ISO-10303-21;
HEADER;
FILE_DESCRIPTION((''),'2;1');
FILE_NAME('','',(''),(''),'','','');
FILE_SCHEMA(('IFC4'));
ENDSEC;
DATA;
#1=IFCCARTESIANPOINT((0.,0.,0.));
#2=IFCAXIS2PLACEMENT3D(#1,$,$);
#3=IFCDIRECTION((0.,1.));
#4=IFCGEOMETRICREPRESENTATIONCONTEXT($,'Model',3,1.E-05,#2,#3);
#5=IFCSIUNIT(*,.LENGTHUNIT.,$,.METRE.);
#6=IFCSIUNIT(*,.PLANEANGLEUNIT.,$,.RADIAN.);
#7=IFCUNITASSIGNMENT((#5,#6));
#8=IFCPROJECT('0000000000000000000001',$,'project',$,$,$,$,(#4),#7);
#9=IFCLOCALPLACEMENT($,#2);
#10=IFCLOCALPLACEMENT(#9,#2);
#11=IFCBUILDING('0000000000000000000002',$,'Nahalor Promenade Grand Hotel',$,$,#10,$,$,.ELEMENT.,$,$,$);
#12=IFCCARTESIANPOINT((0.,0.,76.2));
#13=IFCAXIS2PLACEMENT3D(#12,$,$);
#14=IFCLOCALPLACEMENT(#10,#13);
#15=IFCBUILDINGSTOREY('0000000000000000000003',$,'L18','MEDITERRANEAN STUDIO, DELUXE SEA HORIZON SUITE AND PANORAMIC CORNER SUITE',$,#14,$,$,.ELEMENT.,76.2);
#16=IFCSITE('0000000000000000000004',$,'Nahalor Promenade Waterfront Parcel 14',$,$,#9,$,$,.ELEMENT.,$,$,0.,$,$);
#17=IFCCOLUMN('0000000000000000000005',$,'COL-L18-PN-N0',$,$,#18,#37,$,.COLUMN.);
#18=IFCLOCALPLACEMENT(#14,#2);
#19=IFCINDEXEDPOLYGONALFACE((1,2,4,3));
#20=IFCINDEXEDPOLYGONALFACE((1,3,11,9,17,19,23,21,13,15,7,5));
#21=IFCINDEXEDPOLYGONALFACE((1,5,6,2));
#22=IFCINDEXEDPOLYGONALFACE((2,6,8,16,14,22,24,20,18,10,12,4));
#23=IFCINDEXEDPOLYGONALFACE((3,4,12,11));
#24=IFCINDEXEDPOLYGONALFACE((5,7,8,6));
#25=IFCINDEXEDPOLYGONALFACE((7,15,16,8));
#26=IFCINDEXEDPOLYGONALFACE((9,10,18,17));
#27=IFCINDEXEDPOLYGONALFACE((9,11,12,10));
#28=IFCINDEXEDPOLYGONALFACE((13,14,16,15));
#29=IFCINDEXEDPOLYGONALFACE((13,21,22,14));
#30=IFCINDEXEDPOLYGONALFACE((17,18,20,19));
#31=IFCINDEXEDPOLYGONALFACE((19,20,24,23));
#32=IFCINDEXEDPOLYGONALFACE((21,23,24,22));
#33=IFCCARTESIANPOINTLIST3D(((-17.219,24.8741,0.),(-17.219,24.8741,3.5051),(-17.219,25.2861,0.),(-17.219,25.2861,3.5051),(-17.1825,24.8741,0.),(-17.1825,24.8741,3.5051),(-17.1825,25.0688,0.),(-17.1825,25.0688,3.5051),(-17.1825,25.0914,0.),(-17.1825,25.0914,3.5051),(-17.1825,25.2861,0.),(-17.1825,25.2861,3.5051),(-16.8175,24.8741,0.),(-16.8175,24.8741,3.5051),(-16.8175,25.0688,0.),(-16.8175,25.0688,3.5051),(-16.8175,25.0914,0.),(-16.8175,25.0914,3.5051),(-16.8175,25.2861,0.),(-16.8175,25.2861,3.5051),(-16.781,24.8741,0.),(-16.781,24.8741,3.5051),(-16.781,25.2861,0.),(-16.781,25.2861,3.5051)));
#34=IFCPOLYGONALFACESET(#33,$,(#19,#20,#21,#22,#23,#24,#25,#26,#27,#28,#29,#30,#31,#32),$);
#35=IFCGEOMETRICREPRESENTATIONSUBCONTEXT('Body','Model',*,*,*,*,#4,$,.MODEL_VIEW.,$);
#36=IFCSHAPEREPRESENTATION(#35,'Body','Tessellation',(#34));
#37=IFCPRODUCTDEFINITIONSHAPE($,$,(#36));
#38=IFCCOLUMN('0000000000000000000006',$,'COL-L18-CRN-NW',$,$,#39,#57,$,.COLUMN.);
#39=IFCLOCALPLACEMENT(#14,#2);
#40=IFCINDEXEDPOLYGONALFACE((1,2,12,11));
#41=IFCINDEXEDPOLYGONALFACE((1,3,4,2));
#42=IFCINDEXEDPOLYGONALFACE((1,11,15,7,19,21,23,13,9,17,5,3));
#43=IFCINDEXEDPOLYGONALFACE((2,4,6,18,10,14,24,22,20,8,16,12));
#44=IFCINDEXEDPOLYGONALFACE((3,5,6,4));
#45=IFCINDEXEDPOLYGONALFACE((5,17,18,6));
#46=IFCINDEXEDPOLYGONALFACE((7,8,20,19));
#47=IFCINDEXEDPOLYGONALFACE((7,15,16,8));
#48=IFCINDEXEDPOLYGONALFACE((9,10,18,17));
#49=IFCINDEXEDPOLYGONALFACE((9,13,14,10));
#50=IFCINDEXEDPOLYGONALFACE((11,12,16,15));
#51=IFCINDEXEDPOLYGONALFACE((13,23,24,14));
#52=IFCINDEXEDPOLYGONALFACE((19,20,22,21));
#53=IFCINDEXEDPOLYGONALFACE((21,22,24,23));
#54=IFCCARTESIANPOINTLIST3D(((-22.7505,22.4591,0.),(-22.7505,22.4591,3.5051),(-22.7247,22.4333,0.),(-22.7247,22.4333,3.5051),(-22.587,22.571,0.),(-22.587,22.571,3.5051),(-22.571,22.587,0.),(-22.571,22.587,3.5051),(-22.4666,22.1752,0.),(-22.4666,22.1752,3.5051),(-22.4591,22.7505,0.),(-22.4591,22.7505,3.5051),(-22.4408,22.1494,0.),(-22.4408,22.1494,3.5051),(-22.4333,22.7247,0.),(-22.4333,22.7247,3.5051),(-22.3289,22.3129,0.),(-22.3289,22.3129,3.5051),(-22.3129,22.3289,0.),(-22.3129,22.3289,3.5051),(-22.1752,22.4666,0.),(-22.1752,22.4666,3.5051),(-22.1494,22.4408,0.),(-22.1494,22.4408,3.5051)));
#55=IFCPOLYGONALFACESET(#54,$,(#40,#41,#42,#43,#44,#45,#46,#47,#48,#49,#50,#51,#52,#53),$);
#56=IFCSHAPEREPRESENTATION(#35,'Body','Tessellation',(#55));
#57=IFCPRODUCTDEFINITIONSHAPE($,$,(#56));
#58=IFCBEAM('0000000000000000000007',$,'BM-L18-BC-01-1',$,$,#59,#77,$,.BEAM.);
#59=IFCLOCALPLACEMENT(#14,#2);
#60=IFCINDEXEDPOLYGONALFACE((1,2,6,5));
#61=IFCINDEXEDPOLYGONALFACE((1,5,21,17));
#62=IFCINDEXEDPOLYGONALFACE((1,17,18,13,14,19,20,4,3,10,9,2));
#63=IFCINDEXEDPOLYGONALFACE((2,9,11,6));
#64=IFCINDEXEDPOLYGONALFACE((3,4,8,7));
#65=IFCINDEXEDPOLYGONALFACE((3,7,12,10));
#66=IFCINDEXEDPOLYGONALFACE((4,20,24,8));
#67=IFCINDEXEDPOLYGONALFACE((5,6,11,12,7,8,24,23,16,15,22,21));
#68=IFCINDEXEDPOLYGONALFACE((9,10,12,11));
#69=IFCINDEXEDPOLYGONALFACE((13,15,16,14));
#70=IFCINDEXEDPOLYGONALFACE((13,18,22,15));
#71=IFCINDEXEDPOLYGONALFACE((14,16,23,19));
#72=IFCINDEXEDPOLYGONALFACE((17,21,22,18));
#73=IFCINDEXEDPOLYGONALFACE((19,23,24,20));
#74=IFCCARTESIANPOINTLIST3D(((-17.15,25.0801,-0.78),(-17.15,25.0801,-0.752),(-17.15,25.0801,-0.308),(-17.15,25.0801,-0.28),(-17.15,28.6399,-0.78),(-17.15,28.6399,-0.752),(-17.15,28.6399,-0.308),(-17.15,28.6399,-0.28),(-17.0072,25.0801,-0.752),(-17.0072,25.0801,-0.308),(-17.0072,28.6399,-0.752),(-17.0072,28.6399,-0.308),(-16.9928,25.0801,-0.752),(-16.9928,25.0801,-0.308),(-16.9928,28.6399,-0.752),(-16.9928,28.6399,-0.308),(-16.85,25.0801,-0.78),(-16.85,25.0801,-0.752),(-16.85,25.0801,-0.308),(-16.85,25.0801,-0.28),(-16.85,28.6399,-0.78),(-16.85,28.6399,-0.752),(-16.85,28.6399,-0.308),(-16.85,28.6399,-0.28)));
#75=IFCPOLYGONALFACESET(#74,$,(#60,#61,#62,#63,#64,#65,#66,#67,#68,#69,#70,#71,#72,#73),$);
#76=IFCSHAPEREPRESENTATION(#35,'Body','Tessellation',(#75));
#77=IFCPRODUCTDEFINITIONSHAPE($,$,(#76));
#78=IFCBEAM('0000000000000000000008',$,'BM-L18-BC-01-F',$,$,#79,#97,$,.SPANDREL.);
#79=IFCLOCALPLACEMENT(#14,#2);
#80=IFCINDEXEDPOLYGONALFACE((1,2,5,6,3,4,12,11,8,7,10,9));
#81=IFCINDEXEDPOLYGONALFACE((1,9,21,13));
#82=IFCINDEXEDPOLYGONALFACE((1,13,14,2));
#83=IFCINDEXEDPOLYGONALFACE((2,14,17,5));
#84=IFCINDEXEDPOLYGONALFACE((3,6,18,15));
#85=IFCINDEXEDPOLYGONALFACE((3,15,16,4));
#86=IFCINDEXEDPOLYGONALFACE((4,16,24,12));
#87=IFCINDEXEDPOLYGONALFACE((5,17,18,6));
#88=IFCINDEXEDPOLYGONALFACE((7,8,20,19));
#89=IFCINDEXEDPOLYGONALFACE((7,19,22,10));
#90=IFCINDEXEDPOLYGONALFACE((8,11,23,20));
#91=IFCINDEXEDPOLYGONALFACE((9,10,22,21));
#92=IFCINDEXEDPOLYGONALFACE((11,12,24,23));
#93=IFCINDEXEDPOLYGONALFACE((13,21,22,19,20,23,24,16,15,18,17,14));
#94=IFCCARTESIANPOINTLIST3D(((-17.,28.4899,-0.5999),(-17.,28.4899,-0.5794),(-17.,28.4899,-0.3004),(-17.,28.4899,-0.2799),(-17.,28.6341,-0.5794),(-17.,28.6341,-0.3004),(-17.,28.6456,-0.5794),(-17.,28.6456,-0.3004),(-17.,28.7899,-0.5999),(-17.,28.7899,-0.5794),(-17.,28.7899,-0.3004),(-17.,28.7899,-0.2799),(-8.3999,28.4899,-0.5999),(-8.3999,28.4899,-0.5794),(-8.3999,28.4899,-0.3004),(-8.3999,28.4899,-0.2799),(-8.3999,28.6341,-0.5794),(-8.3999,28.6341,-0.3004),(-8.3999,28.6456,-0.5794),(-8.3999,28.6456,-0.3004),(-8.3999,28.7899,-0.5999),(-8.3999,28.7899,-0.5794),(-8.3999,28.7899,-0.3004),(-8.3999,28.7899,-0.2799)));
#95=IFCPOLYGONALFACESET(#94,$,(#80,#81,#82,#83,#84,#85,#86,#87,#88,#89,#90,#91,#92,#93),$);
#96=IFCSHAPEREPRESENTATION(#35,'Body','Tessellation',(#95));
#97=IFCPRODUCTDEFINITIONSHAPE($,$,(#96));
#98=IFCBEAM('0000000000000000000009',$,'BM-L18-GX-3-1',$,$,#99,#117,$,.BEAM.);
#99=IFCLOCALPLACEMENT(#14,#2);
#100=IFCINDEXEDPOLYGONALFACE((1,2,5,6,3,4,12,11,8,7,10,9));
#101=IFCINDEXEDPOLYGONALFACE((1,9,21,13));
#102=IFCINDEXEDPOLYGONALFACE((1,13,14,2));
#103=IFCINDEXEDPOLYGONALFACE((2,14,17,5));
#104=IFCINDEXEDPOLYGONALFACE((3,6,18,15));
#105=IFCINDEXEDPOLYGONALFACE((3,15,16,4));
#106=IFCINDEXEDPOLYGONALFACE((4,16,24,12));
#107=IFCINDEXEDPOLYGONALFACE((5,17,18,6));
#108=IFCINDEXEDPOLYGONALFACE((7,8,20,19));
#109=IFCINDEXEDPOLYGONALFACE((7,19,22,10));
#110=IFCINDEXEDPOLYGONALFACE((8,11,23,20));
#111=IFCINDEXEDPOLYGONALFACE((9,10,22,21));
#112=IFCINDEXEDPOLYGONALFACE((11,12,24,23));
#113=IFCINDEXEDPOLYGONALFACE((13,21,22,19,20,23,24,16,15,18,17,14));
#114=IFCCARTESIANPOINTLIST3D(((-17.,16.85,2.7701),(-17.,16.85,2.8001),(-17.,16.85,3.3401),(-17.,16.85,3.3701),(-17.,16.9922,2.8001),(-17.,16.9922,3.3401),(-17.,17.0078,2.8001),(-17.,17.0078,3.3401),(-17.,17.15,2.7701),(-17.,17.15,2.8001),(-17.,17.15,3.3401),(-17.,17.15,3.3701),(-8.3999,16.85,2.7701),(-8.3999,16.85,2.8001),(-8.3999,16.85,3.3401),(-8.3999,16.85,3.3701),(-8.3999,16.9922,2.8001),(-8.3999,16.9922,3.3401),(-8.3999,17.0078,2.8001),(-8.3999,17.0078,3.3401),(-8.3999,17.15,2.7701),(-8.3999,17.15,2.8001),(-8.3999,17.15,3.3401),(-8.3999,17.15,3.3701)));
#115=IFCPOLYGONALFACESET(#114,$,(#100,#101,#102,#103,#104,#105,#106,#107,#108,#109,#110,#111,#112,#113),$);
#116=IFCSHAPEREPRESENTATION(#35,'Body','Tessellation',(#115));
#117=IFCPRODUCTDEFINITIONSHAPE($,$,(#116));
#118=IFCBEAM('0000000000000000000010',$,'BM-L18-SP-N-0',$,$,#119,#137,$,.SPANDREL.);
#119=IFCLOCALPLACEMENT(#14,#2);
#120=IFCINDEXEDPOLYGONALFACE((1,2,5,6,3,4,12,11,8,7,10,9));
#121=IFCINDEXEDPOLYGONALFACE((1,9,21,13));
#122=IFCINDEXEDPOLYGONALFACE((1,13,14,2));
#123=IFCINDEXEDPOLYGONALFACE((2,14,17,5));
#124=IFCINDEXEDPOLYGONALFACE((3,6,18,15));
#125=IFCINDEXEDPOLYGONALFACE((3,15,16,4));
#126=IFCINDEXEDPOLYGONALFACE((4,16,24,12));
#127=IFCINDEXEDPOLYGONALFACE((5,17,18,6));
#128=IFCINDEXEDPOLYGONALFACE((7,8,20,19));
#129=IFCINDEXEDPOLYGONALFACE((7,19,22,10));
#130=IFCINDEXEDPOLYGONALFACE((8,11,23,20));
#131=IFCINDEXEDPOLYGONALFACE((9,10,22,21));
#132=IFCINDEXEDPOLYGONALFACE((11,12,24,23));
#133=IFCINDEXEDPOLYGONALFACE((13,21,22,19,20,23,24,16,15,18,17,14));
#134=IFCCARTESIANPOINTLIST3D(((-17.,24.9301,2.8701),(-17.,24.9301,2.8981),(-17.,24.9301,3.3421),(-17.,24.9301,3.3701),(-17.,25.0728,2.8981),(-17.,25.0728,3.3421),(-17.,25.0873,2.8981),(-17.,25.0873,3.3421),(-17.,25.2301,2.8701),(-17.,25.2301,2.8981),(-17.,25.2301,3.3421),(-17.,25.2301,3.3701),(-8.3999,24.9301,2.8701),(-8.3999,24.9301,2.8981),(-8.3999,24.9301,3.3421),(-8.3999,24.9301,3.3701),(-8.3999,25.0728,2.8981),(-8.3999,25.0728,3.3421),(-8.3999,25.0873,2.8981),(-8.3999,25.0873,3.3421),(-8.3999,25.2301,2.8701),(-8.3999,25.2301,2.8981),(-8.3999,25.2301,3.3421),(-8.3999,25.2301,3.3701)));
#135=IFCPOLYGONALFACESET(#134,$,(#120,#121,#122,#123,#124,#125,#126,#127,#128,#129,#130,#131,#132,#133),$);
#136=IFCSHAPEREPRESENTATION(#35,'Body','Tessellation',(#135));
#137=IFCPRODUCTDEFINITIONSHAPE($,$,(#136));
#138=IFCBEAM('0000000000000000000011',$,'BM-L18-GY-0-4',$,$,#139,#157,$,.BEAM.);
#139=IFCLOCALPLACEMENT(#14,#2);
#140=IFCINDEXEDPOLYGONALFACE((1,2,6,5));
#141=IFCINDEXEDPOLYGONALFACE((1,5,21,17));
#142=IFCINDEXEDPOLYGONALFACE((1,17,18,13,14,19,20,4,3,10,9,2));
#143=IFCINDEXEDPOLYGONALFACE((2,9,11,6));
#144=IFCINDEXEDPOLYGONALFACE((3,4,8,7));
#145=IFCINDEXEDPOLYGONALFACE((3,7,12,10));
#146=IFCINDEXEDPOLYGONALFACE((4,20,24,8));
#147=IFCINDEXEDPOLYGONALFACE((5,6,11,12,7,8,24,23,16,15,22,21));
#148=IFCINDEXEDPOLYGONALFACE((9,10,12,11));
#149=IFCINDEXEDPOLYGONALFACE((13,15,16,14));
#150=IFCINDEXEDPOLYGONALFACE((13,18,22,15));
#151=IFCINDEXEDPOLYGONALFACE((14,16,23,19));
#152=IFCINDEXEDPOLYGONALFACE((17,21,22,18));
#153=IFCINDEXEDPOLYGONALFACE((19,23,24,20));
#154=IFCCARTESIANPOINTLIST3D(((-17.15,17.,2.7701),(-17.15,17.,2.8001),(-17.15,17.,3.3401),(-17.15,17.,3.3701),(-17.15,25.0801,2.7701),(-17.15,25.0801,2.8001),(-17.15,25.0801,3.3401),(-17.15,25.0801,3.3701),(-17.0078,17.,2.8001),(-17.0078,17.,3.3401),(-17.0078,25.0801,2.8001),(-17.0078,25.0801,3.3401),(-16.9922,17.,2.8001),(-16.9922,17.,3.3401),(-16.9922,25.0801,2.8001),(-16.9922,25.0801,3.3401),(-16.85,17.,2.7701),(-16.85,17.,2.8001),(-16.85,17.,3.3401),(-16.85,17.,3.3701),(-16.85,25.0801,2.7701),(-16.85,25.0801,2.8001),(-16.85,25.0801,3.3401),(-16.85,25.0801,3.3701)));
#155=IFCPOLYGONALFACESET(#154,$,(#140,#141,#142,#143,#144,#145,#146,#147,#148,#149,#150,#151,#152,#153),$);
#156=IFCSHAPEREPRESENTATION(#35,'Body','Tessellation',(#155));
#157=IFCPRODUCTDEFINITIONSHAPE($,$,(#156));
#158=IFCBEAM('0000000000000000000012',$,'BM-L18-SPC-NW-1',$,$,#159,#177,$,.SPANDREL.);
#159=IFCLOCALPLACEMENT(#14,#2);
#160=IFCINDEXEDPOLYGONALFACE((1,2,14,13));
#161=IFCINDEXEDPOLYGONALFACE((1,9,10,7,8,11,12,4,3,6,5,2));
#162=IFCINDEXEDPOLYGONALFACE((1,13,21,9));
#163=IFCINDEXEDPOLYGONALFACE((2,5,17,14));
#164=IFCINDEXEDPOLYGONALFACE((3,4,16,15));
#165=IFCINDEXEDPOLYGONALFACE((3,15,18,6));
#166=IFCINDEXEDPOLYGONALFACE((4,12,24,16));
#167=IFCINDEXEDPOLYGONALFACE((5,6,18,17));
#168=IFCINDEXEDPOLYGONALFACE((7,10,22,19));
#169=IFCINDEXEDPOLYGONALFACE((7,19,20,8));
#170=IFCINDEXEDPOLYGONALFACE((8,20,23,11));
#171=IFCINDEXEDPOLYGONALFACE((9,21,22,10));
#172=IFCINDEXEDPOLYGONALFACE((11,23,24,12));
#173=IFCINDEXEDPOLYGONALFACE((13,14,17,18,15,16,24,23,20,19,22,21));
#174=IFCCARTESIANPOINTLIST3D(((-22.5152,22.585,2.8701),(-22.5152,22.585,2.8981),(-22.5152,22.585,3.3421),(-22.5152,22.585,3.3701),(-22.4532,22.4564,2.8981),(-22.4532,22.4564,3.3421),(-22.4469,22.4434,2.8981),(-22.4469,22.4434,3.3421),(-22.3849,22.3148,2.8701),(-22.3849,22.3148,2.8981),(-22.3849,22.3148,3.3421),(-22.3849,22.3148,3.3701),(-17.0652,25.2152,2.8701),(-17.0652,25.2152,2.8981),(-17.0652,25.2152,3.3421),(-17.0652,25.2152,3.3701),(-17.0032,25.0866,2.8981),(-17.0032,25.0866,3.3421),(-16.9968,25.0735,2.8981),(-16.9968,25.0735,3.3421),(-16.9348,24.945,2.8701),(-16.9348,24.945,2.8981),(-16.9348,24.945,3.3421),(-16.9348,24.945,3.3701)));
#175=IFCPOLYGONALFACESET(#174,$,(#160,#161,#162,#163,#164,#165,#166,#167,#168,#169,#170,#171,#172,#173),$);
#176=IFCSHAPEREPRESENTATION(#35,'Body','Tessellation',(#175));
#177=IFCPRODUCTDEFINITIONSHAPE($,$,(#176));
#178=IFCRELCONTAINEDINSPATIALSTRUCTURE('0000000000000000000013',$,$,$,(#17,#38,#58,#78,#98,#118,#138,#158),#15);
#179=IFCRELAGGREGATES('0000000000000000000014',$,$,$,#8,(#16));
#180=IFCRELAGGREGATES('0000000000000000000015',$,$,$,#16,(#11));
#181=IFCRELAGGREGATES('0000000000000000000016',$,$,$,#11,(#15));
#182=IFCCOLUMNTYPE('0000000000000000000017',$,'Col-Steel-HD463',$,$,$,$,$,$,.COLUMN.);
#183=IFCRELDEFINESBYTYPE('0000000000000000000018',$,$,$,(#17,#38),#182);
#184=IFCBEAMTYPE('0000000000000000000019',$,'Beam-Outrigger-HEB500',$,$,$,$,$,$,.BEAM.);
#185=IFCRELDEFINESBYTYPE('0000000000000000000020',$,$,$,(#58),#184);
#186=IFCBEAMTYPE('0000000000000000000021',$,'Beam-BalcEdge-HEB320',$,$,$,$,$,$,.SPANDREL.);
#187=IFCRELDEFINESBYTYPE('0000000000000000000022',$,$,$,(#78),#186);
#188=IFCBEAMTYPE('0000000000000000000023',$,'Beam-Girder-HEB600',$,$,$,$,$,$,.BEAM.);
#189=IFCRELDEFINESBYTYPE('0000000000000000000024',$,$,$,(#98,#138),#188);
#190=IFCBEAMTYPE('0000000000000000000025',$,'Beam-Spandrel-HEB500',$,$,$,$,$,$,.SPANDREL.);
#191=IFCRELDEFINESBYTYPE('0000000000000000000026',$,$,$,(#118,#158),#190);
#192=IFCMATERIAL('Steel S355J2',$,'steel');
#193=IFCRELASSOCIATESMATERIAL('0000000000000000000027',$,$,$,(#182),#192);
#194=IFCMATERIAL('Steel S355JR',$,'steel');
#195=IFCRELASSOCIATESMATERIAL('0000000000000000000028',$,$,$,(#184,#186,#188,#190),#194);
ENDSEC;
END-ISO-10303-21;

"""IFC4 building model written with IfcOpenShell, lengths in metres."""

from ifc_helpers import new_model, si_unit, direction, frame, origin, origin_2d, place, context, subcontext, project, spatial, i_section, extrude, source, transform, mapped, material, material_profile, profile_set, type_object, element, save


model = new_model("IFC4")

# Units and contexts
model_context = context("Model", 3, precision=1e-05, world=origin(), true_north=direction((0.0, 1.0)))
body_context = subcontext(model_context, "Body", "Model", "MODEL_VIEW")
ifc_project = project(units=[si_unit("LENGTHUNIT", "METRE"), si_unit("PLANEANGLEUNIT", "RADIAN")], contexts=[model_context])

# Site, building, storey
site_placement = place(None, origin())
site = spatial("IfcSite", under=ifc_project, at=site_placement, Name="Nahalor Promenade Waterfront Parcel 14", CompositionType="ELEMENT", RefElevation=0.0)
building_placement = place(site_placement, origin())
building = spatial("IfcBuilding", under=site, at=building_placement, Name="Nahalor Promenade Grand Hotel", CompositionType="ELEMENT")
storey_placement = place(building_placement, frame((0.0, 0.0, 76.2)))
storey = spatial("IfcBuildingStorey", under=building, at=storey_placement, Name="L18", Description="MEDITERRANEAN STUDIO, DELUXE SEA HORIZON SUITE AND PANORAMIC CORNER SUITE", CompositionType="ELEMENT", Elevation=76.2)

# Columns
ifc_material_1 = material(Name="Steel S355J2", Category="steel")
ifc_material_profile_1 = material_profile(ifc_material_1, i_section(OverallWidth=0.412, OverallDepth=0.438, WebThickness=0.0226, FlangeThickness=0.0365, at=origin_2d()), Name="HD 400x463")
ifc_profile_set_1 = profile_set([ifc_material_profile_1], Name="Steel S355J2")
column_type = type_object("IfcColumnType", Name="Col-Steel-HD463", PredefinedType="COLUMN", material=ifc_profile_set_1)
shared_shape_1 = source(origin(), body_context, "Body", "SweptSolid", [
    extrude(i_section(OverallWidth=0.412, OverallDepth=0.438, WebThickness=0.0226, FlangeThickness=0.0365, at=origin_2d()), origin(), (0.0, 0.0, 1.0), 3.5051),
])
for number, where, z_axis, x_axis, name in (
    (1, (-17.0, 25.0801, 0.0), (0.0, 0.0, 1.0), (0.0, 1.0, 0.0), "COL-L18-PN-N0"),
    (2, (-22.45, 22.45, 0.0), (0.0, 0.0, 1.0), (0.707107, 0.707107, 0.0), "COL-L18-CRN-NW"),
):
    element("IfcColumn", number, at=place(storey_placement, frame(where, z_axis=z_axis, x_axis=x_axis)), inside=storey, type_object=column_type, Name=name, PredefinedType="COLUMN", context=body_context, shape_type="MappedRepresentation", body=[
        mapped(shared_shape_1, transform((0.0, 0.0, 0.0), scale=1.0)),
    ])

# Beams
ifc_material_2 = material(Name="Steel S355JR", Category="steel")
ifc_material_profile_2 = material_profile(ifc_material_2, i_section(OverallWidth=0.3, OverallDepth=0.5, WebThickness=0.0145, FlangeThickness=0.028, at=origin_2d()), Name="HEB 500")
ifc_profile_set_2 = profile_set([ifc_material_profile_2], Name="Steel S355JR")
beam_type_1 = type_object("IfcBeamType", Name="Beam-Outrigger-HEB500", PredefinedType="BEAM", material=ifc_profile_set_2)
shared_shape_2 = source(origin(), body_context, "Body", "SweptSolid", [
    extrude(i_section(OverallWidth=0.3, OverallDepth=0.5, WebThickness=0.0145, FlangeThickness=0.028, at=origin_2d()), origin(), (0.0, 0.0, 1.0), 3.5598),
])
beam_1_placement = place(storey_placement, frame((-17.0, 25.0801, -0.53), z_axis=(0.0, 1.0, 0.0), x_axis=(-1.0, 0.0, 0.0)))
element("IfcBeam", 3, at=beam_1_placement, inside=storey, type_object=beam_type_1, Name="BM-L18-BC-01-1", PredefinedType="BEAM", context=body_context, shape_type="MappedRepresentation", body=[
    mapped(shared_shape_2, transform((0.0, 0.0, 0.0), scale=1.0)),
])
ifc_material_profile_3 = material_profile(ifc_material_2, i_section(OverallWidth=0.3, OverallDepth=0.32, WebThickness=0.0115, FlangeThickness=0.0205, at=origin_2d()), Name="HEB 320")
ifc_profile_set_3 = profile_set([ifc_material_profile_3], Name="Steel S355JR")
beam_type_2 = type_object("IfcBeamType", Name="Beam-BalcEdge-HEB320", PredefinedType="SPANDREL", material=ifc_profile_set_3)
shared_shape_3 = source(origin(), body_context, "Body", "SweptSolid", [
    extrude(i_section(OverallWidth=0.3, OverallDepth=0.32, WebThickness=0.0115, FlangeThickness=0.0205, at=origin_2d()), origin(), (0.0, 0.0, 1.0), 8.6001),
])
beam_2_placement = place(storey_placement, frame((-17.0, 28.6399, -0.4399), z_axis=(1.0, 0.0, 0.0), x_axis=(0.0, 1.0, 0.0)))
element("IfcBeam", 4, at=beam_2_placement, inside=storey, type_object=beam_type_2, Name="BM-L18-BC-01-F", PredefinedType="SPANDREL", context=body_context, shape_type="MappedRepresentation", body=[
    mapped(shared_shape_3, transform((0.0, 0.0, 0.0), scale=1.0)),
])
ifc_material_profile_4 = material_profile(ifc_material_2, i_section(OverallWidth=0.3, OverallDepth=0.6, WebThickness=0.0155, FlangeThickness=0.03, at=origin_2d()), Name="HEB 600")
ifc_profile_set_4 = profile_set([ifc_material_profile_4], Name="Steel S355JR")
beam_type_3 = type_object("IfcBeamType", Name="Beam-Girder-HEB600", PredefinedType="BEAM", material=ifc_profile_set_4)
shared_shape_4 = source(origin(), body_context, "Body", "SweptSolid", [
    extrude(i_section(OverallWidth=0.3, OverallDepth=0.6, WebThickness=0.0155, FlangeThickness=0.03, at=origin_2d()), origin(), (0.0, 0.0, 1.0), 8.6001),
])
beam_3_placement = place(storey_placement, frame((-17.0, 17.0, 3.0701), z_axis=(1.0, 0.0, 0.0), x_axis=(0.0, 1.0, 0.0)))
element("IfcBeam", 5, at=beam_3_placement, inside=storey, type_object=beam_type_3, Name="BM-L18-GX-3-1", PredefinedType="BEAM", context=body_context, shape_type="MappedRepresentation", body=[
    mapped(shared_shape_4, transform((0.0, 0.0, 0.0), scale=1.0)),
])
ifc_material_profile_5 = material_profile(ifc_material_2, i_section(OverallWidth=0.3, OverallDepth=0.5, WebThickness=0.0145, FlangeThickness=0.028, at=origin_2d()), Name="HEB 500")
ifc_profile_set_5 = profile_set([ifc_material_profile_5], Name="Steel S355JR")
beam_type_4 = type_object("IfcBeamType", Name="Beam-Spandrel-HEB500", PredefinedType="SPANDREL", material=ifc_profile_set_5)
shared_shape_5 = source(origin(), body_context, "Body", "SweptSolid", [
    extrude(i_section(OverallWidth=0.3, OverallDepth=0.5, WebThickness=0.0145, FlangeThickness=0.028, at=origin_2d()), origin(), (0.0, 0.0, 1.0), 8.6001),
])
beam_4_placement = place(storey_placement, frame((-17.0, 25.0801, 3.1201), z_axis=(1.0, 0.0, 0.0), x_axis=(0.0, 1.0, 0.0)))
element("IfcBeam", 6, at=beam_4_placement, inside=storey, type_object=beam_type_4, Name="BM-L18-SP-N-0", PredefinedType="SPANDREL", context=body_context, shape_type="MappedRepresentation", body=[
    mapped(shared_shape_5, transform((0.0, 0.0, 0.0), scale=1.0)),
])
shared_shape_6 = source(origin(), body_context, "Body", "SweptSolid", [
    extrude(i_section(OverallWidth=0.3, OverallDepth=0.6, WebThickness=0.0155, FlangeThickness=0.03, at=origin_2d()), origin(), (0.0, 0.0, 1.0), 8.0801),
])
beam_5_placement = place(storey_placement, frame((-17.0, 17.0, 3.0701), z_axis=(0.0, 1.0, 0.0), x_axis=(-1.0, 0.0, 0.0)))
element("IfcBeam", 7, at=beam_5_placement, inside=storey, type_object=beam_type_3, Name="BM-L18-GY-0-4", PredefinedType="BEAM", context=body_context, shape_type="MappedRepresentation", body=[
    mapped(shared_shape_6, transform((0.0, 0.0, 0.0), scale=1.0)),
])
shared_shape_7 = source(origin(), body_context, "Body", "SweptSolid", [
    extrude(i_section(OverallWidth=0.3, OverallDepth=0.5, WebThickness=0.0145, FlangeThickness=0.028, at=origin_2d()), origin(), (0.0, 0.0, 1.0), 6.0515),
])
for number, where, z_axis, x_axis, name in (
    (8, (-17.0, 25.0801, 3.1201), (-0.900609, -0.434631, 0.0), (0.434631, -0.900609, 0.0), "BM-L18-SPC-NW-1"),
):
    element("IfcBeam", number, at=place(storey_placement, frame(where, z_axis=z_axis, x_axis=x_axis)), inside=storey, type_object=beam_type_4, Name=name, PredefinedType="SPANDREL", context=body_context, shape_type="MappedRepresentation", body=[
        mapped(shared_shape_7, transform((0.0, 0.0, 0.0), scale=1.0)),
    ])

save(model, "model.ifc")
